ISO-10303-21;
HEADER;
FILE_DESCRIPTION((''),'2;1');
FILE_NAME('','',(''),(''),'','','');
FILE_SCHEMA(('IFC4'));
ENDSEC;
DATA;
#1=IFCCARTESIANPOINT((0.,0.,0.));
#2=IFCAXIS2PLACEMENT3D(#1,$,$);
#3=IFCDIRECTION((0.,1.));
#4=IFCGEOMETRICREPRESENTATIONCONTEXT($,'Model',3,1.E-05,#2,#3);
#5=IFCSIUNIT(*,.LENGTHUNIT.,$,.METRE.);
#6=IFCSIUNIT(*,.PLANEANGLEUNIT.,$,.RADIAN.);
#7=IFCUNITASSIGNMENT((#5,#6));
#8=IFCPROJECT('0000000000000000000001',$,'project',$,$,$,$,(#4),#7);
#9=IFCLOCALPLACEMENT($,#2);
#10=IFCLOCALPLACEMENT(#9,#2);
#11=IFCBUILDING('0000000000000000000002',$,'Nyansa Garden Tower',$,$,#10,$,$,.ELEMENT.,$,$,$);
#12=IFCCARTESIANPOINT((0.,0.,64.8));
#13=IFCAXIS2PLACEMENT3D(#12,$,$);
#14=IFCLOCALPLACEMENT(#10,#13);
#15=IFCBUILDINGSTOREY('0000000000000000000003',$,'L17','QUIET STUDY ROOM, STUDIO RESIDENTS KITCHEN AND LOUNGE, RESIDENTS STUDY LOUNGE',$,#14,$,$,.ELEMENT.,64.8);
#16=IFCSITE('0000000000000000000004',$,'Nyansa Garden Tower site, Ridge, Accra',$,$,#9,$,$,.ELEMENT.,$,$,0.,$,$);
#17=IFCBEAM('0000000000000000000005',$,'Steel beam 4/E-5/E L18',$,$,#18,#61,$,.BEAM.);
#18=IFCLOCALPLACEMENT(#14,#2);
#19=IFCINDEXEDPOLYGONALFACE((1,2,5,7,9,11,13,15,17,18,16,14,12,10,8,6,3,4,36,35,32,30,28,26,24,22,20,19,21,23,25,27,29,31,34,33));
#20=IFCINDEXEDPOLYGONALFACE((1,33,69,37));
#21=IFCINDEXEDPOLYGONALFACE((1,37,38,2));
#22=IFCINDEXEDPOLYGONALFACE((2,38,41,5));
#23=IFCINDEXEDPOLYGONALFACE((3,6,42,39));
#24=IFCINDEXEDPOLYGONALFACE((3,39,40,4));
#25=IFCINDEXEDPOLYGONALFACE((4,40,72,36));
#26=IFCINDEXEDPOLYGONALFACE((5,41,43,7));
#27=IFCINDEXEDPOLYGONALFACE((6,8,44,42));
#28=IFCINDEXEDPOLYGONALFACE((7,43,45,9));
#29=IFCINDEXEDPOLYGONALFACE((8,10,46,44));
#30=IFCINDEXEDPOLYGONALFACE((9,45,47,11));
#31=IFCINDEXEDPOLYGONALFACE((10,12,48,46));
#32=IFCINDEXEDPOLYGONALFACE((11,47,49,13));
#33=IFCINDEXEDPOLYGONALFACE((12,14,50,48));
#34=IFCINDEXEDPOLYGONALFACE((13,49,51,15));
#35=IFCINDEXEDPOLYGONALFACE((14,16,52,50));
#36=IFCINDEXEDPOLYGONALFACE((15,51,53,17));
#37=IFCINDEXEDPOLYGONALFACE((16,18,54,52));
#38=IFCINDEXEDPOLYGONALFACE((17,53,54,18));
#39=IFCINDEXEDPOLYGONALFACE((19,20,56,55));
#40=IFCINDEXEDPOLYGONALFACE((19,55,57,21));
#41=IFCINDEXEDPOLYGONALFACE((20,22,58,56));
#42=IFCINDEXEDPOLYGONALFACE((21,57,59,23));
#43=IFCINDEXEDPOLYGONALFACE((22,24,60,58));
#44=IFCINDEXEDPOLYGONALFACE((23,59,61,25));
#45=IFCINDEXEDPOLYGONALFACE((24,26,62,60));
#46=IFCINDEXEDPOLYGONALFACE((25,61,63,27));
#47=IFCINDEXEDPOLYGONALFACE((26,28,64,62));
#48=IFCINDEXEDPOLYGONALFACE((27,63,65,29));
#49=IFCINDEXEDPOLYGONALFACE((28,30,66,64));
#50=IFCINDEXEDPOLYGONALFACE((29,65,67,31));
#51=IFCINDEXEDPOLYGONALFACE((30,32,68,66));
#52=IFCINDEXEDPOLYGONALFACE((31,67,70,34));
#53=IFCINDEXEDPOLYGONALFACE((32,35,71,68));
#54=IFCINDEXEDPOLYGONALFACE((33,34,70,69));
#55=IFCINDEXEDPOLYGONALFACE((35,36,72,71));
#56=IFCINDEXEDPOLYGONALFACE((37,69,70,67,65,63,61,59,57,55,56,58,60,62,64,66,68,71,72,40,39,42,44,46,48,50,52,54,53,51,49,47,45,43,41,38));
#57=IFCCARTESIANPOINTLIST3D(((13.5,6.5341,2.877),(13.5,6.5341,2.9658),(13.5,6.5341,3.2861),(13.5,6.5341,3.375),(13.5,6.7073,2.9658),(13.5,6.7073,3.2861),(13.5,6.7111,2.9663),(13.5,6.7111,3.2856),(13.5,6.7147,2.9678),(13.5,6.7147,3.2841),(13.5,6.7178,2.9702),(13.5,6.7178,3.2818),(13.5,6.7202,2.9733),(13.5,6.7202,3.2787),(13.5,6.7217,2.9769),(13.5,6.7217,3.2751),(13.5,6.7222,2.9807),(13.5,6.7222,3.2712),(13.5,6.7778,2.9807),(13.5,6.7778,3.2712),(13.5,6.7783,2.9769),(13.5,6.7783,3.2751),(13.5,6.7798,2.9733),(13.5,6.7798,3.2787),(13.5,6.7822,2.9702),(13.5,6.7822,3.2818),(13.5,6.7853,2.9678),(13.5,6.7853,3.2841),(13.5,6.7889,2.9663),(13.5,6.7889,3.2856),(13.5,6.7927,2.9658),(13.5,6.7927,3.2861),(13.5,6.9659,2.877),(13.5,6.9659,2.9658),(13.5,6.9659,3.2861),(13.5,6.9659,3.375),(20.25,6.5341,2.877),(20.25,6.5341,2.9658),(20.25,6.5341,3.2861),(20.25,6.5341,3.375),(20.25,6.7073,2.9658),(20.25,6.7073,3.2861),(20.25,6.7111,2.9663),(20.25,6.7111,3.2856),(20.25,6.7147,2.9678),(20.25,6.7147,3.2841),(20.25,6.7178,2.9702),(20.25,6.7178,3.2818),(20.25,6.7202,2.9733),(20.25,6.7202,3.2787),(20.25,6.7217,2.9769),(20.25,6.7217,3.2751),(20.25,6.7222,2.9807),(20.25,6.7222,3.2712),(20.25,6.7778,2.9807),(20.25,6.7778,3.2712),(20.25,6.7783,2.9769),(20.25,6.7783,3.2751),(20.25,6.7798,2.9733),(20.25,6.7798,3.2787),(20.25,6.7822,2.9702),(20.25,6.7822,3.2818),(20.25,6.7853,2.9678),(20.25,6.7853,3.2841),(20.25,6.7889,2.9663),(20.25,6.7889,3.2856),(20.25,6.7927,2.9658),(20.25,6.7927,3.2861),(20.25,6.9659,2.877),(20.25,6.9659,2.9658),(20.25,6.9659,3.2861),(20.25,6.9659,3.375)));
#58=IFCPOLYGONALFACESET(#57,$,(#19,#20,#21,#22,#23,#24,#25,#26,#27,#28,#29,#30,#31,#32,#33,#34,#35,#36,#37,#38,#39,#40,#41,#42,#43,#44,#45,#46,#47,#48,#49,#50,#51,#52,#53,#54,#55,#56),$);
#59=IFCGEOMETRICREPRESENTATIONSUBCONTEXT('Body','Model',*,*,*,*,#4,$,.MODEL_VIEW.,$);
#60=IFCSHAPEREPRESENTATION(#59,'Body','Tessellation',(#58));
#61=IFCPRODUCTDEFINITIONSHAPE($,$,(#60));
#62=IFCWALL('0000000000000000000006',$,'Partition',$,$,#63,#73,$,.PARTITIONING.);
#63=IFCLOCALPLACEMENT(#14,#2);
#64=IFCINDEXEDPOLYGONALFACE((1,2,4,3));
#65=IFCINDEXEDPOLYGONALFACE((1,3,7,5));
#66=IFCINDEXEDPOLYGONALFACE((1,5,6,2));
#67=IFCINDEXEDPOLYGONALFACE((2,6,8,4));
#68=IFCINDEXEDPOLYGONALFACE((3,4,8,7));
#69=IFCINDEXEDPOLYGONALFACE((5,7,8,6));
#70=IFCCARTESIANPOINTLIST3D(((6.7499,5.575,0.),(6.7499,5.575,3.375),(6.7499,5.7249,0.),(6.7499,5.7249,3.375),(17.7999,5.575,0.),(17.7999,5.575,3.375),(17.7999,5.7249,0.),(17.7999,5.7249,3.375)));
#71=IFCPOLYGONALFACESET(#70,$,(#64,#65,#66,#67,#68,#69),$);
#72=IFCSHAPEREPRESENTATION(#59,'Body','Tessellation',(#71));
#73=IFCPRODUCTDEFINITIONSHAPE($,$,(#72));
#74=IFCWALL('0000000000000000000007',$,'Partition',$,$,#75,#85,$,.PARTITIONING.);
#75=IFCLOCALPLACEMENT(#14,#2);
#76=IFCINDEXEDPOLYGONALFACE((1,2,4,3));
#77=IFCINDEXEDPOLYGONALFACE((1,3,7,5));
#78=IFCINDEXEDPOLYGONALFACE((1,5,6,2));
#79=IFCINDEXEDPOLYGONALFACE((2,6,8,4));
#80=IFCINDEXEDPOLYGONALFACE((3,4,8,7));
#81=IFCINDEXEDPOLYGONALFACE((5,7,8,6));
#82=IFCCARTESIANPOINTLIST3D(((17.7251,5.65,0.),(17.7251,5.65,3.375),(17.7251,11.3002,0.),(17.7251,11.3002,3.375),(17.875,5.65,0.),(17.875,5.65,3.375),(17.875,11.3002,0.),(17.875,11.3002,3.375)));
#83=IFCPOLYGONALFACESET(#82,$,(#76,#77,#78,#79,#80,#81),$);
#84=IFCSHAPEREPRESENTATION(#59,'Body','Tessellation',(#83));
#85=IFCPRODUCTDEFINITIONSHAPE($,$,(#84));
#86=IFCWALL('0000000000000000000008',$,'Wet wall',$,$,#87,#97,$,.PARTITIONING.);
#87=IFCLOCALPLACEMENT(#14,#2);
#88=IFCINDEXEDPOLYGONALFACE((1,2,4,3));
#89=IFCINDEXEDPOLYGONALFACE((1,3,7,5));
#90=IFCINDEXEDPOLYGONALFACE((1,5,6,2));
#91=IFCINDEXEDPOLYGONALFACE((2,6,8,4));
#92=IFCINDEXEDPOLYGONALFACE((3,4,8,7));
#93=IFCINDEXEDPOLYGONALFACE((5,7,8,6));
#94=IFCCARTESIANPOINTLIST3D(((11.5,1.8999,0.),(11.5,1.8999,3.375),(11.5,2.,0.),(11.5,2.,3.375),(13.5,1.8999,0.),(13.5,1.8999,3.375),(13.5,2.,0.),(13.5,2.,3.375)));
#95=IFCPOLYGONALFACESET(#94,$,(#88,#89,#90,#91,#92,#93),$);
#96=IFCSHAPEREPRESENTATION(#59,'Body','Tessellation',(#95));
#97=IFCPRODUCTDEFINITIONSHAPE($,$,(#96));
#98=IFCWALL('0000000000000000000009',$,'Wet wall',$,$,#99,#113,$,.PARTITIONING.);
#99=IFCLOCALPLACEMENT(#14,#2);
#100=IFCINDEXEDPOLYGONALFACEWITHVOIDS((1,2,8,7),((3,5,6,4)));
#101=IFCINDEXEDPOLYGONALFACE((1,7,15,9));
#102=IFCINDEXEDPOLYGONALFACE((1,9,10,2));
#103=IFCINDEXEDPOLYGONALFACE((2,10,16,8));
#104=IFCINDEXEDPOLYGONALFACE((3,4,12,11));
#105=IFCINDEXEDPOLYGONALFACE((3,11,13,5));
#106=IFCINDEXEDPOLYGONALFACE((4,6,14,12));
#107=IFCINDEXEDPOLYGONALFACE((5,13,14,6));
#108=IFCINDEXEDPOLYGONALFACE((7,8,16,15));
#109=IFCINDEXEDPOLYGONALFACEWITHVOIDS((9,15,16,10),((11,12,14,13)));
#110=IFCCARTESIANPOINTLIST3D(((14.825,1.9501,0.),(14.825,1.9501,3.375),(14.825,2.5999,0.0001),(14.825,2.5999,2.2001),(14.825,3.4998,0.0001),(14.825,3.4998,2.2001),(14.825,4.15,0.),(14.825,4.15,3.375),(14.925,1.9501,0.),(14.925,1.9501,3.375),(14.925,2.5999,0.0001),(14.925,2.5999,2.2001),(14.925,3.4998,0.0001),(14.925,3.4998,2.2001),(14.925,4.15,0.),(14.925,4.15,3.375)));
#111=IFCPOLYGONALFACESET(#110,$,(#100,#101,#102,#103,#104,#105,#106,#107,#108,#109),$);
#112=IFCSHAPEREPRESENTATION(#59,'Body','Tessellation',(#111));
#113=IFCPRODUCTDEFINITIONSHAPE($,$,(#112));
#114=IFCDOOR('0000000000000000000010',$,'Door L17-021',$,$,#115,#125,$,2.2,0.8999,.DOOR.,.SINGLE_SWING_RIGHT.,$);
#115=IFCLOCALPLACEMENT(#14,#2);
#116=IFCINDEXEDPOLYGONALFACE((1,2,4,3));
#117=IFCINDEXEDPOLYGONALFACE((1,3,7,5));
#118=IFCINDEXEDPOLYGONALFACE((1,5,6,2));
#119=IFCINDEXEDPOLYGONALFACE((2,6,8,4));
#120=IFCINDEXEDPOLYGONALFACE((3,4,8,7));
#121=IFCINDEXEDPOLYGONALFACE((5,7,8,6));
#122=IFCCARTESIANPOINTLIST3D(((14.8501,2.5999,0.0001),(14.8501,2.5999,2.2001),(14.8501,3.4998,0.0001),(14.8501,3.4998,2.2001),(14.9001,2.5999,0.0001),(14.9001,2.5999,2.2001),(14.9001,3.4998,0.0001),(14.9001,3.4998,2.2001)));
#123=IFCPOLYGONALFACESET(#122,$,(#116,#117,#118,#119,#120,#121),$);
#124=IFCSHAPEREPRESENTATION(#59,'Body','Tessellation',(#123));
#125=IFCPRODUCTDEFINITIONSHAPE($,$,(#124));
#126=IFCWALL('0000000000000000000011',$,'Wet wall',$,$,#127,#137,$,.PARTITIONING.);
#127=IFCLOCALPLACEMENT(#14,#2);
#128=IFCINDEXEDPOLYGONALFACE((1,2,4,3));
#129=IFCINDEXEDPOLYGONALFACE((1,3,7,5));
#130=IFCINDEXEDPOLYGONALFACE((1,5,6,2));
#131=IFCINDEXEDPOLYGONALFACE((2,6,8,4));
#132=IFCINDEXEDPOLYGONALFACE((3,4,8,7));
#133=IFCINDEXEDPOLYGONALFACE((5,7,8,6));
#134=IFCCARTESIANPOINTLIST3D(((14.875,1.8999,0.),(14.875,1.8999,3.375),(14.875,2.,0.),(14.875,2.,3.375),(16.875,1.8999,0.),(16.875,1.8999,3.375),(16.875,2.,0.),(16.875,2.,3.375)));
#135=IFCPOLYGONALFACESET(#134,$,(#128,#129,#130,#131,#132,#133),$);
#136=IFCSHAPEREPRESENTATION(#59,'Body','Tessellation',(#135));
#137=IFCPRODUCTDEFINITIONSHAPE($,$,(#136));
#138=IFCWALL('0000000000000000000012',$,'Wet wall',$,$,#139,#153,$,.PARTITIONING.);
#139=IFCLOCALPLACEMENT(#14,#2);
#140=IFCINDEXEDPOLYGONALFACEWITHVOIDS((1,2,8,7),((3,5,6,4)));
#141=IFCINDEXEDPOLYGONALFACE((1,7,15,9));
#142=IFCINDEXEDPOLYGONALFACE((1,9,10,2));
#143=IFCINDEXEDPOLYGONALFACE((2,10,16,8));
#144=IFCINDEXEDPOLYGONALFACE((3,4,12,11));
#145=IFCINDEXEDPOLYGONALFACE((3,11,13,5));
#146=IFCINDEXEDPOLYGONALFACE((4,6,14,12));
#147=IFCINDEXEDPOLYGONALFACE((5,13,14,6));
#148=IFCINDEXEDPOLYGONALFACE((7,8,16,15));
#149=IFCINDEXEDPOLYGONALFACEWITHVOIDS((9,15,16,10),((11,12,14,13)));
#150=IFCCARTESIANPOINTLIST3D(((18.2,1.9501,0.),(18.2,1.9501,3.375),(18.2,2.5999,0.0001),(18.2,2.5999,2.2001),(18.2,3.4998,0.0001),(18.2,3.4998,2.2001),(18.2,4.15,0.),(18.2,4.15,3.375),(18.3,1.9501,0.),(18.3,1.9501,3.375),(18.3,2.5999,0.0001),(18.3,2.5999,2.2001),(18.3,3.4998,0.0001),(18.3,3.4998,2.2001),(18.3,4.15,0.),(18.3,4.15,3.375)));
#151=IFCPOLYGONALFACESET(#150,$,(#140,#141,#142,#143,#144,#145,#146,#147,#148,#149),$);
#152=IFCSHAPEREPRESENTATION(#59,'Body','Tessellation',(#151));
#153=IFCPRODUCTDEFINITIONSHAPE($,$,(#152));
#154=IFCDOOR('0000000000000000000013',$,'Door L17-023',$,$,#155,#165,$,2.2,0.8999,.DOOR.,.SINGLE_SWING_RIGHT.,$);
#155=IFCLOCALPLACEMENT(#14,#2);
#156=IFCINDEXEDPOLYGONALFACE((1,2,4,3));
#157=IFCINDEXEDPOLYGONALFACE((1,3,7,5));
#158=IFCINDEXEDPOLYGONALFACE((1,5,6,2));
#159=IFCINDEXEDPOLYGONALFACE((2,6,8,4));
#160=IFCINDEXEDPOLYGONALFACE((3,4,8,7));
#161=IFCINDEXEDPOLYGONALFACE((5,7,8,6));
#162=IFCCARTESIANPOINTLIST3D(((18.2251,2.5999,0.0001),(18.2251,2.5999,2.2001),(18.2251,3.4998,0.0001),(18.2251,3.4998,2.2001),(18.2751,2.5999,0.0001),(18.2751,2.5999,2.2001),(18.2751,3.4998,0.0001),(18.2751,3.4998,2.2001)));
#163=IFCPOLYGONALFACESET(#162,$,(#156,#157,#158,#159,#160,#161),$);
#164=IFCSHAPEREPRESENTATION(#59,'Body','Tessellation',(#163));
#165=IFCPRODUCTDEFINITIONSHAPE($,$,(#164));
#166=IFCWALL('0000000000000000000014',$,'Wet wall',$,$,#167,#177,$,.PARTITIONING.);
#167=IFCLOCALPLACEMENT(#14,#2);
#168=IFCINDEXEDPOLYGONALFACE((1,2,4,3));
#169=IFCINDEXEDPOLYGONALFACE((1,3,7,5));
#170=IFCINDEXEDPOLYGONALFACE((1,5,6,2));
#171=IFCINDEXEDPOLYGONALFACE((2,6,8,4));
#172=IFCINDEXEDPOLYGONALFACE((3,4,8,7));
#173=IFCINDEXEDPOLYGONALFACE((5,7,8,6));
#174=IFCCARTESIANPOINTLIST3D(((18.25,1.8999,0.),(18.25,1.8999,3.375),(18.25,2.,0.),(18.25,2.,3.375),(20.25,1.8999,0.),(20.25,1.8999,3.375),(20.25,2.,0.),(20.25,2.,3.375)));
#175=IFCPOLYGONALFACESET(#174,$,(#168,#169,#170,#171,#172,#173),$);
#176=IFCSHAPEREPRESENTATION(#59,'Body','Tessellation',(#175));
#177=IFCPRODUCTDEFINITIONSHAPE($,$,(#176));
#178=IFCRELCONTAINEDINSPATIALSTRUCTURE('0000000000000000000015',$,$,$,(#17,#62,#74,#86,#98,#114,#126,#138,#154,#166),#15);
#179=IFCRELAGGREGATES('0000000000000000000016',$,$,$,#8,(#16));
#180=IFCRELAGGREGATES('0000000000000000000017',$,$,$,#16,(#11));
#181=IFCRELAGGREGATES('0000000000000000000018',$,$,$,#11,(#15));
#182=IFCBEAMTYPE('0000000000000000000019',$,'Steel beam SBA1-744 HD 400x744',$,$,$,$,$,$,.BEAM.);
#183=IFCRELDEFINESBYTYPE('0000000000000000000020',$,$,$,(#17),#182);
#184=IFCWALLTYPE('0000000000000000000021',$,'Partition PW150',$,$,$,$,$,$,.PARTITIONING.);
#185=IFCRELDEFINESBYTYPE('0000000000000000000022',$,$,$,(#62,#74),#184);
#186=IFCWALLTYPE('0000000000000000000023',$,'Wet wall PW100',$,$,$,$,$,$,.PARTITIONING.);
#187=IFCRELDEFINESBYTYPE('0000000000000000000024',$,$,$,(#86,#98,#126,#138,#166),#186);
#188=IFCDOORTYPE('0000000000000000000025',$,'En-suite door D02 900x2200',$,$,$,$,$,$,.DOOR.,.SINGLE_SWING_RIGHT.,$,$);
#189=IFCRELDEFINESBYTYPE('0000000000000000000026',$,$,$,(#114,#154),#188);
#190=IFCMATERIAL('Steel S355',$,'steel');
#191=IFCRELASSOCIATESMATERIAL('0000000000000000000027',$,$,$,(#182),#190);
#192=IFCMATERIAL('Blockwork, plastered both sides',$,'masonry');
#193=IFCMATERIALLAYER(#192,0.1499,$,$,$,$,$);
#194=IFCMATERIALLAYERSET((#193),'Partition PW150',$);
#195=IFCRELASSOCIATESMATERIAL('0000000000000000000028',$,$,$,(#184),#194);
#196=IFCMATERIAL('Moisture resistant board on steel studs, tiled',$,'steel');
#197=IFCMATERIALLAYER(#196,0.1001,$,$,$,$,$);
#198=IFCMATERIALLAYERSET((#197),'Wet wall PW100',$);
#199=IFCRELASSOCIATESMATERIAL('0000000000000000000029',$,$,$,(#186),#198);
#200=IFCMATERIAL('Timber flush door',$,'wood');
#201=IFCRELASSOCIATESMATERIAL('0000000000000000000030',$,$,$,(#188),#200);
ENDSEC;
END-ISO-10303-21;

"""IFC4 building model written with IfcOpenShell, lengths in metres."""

from ifc_helpers import new_model, si_unit, direction, frame, frame_2d, origin, origin_2d, place, context, subcontext, project, spatial, rectangle, i_section, extrude, material, layer, layer_set, material_profile, profile_set, type_object, element, fill, save


model = new_model("IFC4")

# Units and contexts
model_context = context("Model", 3, precision=1e-05, world=origin(), true_north=direction((0.0, 1.0)))
body_context = subcontext(model_context, "Body", "Model", "MODEL_VIEW")
ifc_project = project(units=[si_unit("LENGTHUNIT", "METRE"), si_unit("PLANEANGLEUNIT", "RADIAN")], contexts=[model_context])

# Site, building, storey
site_placement = place(None, origin())
site = spatial("IfcSite", under=ifc_project, at=site_placement, Name="Nyansa Garden Tower site, Ridge, Accra", CompositionType="ELEMENT", RefElevation=0.0)
building_placement = place(site_placement, origin())
building = spatial("IfcBuilding", under=site, at=building_placement, Name="Nyansa Garden Tower", CompositionType="ELEMENT")
storey_placement = place(building_placement, frame((0.0, 0.0, 64.8)))
storey = spatial("IfcBuildingStorey", under=building, at=storey_placement, Name="L17", Description="QUIET STUDY ROOM, STUDIO RESIDENTS KITCHEN AND LOUNGE, RESIDENTS STUDY LOUNGE", CompositionType="ELEMENT", Elevation=64.8)

# Beam
ifc_material_1 = material(Name="Steel S355", Category="steel")
ifc_material_profile_1 = material_profile(ifc_material_1, i_section(OverallWidth=0.4319, OverallDepth=0.498, WebThickness=0.0557, FlangeThickness=0.0889, FilletRadius=0.0149, at=origin_2d()), Name="HD 400x744")
ifc_profile_set_1 = profile_set([ifc_material_profile_1], Name="Steel S355")
beam_type = type_object("IfcBeamType", Name="Steel beam SBA1-744 HD 400x744", PredefinedType="BEAM", material=ifc_profile_set_1)
beam_1_placement = place(storey_placement, frame((13.5, 6.75, 3.126), z_axis=(1.0, 0.0, 0.0), x_axis=(0.0, 1.0, 0.0)))
element("IfcBeam", 1, at=beam_1_placement, inside=storey, type_object=beam_type, Name="Steel beam 4/E-5/E L18", PredefinedType="BEAM", context=body_context, shape_type="SweptSolid", body=[
    extrude(i_section(OverallWidth=0.4319, OverallDepth=0.498, WebThickness=0.0557, FlangeThickness=0.0889, FilletRadius=0.0149, at=origin_2d()), origin(), (0.0, 0.0, 1.0), 6.75),
])

# Walls
ifc_material_2 = material(Name="Blockwork, plastered both sides", Category="masonry")
ifc_layer_1 = layer(ifc_material_2, 0.1499)
ifc_layer_set_1 = layer_set([ifc_layer_1], Name="Partition PW150")
wall_type_1 = type_object("IfcWallType", Name="Partition PW150", PredefinedType="PARTITIONING", material=ifc_layer_set_1)
wall_1_placement = place(storey_placement, frame((6.75, 5.6499, 0.0), z_axis=(0.0, 0.0, 1.0), x_axis=(1.0, 0.0, 0.0)))
element("IfcWall", 2, at=wall_1_placement, inside=storey, type_object=wall_type_1, Name="Partition", PredefinedType="PARTITIONING", context=body_context, shape_type="SweptSolid", body=[
    extrude(rectangle(XDim=11.05, YDim=0.1499, at=frame_2d((5.5249, 0.0))), origin(), (0.0, 0.0, 1.0), 3.375),
])
wall_2_placement = place(storey_placement, frame((17.8, 5.6499, 0.0), z_axis=(0.0, 0.0, 1.0), x_axis=(0.0, 1.0, 0.0)))
element("IfcWall", 3, at=wall_2_placement, inside=storey, type_object=wall_type_1, Name="Partition", PredefinedType="PARTITIONING", context=body_context, shape_type="SweptSolid", body=[
    extrude(rectangle(XDim=5.6501, YDim=0.1499, at=frame_2d((2.8252, 0.0))), origin(), (0.0, 0.0, 1.0), 3.375),
])
ifc_material_3 = material(Name="Moisture resistant board on steel studs, tiled", Category="steel")
ifc_layer_2 = layer(ifc_material_3, 0.1001)
ifc_layer_set_2 = layer_set([ifc_layer_2], Name="Wet wall PW100")
wall_type_2 = type_object("IfcWallType", Name="Wet wall PW100", PredefinedType="PARTITIONING", material=ifc_layer_set_2)
wall_3_placement = place(storey_placement, frame((11.5, 1.95, 0.0), z_axis=(0.0, 0.0, 1.0), x_axis=(1.0, 0.0, 0.0)))
element("IfcWall", 4, at=wall_3_placement, inside=storey, type_object=wall_type_2, Name="Wet wall", PredefinedType="PARTITIONING", context=body_context, shape_type="SweptSolid", body=[
    extrude(rectangle(XDim=2.0, YDim=0.1001, at=frame_2d((1.0, 0.0))), origin(), (0.0, 0.0, 1.0), 3.375),
])

# Wall, opening, door
wall_4_placement = place(storey_placement, frame((14.875, 1.95, 0.0), z_axis=(0.0, 0.0, 1.0), x_axis=(0.0, 1.0, 0.0)))
wall_4 = element("IfcWall", 5, at=wall_4_placement, inside=storey, type_object=wall_type_2, Name="Wet wall", PredefinedType="PARTITIONING", context=body_context, shape_type="SweptSolid", body=[
    extrude(rectangle(XDim=2.2, YDim=0.1001, at=frame_2d((1.1001, 0.0))), origin(), (0.0, 0.0, 1.0), 3.375),
])
opening_1_placement = place(wall_4_placement, frame((0.6499, 0.0, 0.0)))
opening_1 = element("IfcOpeningElement", 6, at=opening_1_placement, cuts=wall_4, PredefinedType="OPENING", context=body_context, shape_type="SweptSolid", body=[
    extrude(rectangle(XDim=0.8999, YDim=2.2, at=frame_2d((0.45, 1.1001))), frame((0.0, 0.0601, 0.0), z_axis=(0.0, -1.0, 0.0), x_axis=(1.0, 0.0, 0.0)), (0.0, 0.0, 1.0), 0.1201),
])
ifc_material_4 = material(Name="Timber flush door", Category="wood")
door_type = type_object("IfcDoorType", Name="En-suite door D02 900x2200", OperationType="SINGLE_SWING_RIGHT", PredefinedType="DOOR", material=ifc_material_4)
door_1_placement = place(opening_1_placement, origin())
door_1 = element("IfcDoor", 7, at=door_1_placement, inside=storey, type_object=door_type, Name="Door L17-021", OperationType="SINGLE_SWING_RIGHT", OverallHeight=2.2, OverallWidth=0.8999, PredefinedType="DOOR", context=body_context, shape_type="SweptSolid", body=[
    extrude(rectangle(XDim=0.8999, YDim=2.2, at=frame_2d((0.45, 1.1001))), frame((0.0, 0.0249, 0.0), z_axis=(0.0, -1.0, 0.0), x_axis=(1.0, 0.0, 0.0)), (0.0, 0.0, 1.0), 0.05),
])
fill(opening_1, door_1)

# Wall
wall_5_placement = place(storey_placement, frame((14.875, 1.95, 0.0), z_axis=(0.0, 0.0, 1.0), x_axis=(1.0, 0.0, 0.0)))
element("IfcWall", 8, at=wall_5_placement, inside=storey, type_object=wall_type_2, Name="Wet wall", PredefinedType="PARTITIONING", context=body_context, shape_type="SweptSolid", body=[
    extrude(rectangle(XDim=2.0, YDim=0.1001, at=frame_2d((1.0, 0.0))), origin(), (0.0, 0.0, 1.0), 3.375),
])

# Wall, opening, door
wall_6_placement = place(storey_placement, frame((18.25, 1.95, 0.0), z_axis=(0.0, 0.0, 1.0), x_axis=(0.0, 1.0, 0.0)))
wall_6 = element("IfcWall", 9, at=wall_6_placement, inside=storey, type_object=wall_type_2, Name="Wet wall", PredefinedType="PARTITIONING", context=body_context, shape_type="SweptSolid", body=[
    extrude(rectangle(XDim=2.2, YDim=0.1001, at=frame_2d((1.1001, 0.0))), origin(), (0.0, 0.0, 1.0), 3.375),
])
opening_2_placement = place(wall_6_placement, frame((0.6499, 0.0, 0.0)))
opening_2 = element("IfcOpeningElement", 10, at=opening_2_placement, cuts=wall_6, PredefinedType="OPENING", context=body_context, shape_type="SweptSolid", body=[
    extrude(rectangle(XDim=0.8999, YDim=2.2, at=frame_2d((0.45, 1.1001))), frame((0.0, 0.0601, 0.0), z_axis=(0.0, -1.0, 0.0), x_axis=(1.0, 0.0, 0.0)), (0.0, 0.0, 1.0), 0.1201),
])
door_2_placement = place(opening_2_placement, origin())
door_2 = element("IfcDoor", 11, at=door_2_placement, inside=storey, type_object=door_type, Name="Door L17-023", OperationType="SINGLE_SWING_RIGHT", OverallHeight=2.2, OverallWidth=0.8999, PredefinedType="DOOR", context=body_context, shape_type="SweptSolid", body=[
    extrude(rectangle(XDim=0.8999, YDim=2.2, at=frame_2d((0.45, 1.1001))), frame((0.0, 0.0249, 0.0), z_axis=(0.0, -1.0, 0.0), x_axis=(1.0, 0.0, 0.0)), (0.0, 0.0, 1.0), 0.05),
])
fill(opening_2, door_2)

# Wall
wall_7_placement = place(storey_placement, frame((18.25, 1.95, 0.0), z_axis=(0.0, 0.0, 1.0), x_axis=(1.0, 0.0, 0.0)))
element("IfcWall", 12, at=wall_7_placement, inside=storey, type_object=wall_type_2, Name="Wet wall", PredefinedType="PARTITIONING", context=body_context, shape_type="SweptSolid", body=[
    extrude(rectangle(XDim=2.0, YDim=0.1001, at=frame_2d((1.0, 0.0))), origin(), (0.0, 0.0, 1.0), 3.375),
])

save(model, "model.ifc")
